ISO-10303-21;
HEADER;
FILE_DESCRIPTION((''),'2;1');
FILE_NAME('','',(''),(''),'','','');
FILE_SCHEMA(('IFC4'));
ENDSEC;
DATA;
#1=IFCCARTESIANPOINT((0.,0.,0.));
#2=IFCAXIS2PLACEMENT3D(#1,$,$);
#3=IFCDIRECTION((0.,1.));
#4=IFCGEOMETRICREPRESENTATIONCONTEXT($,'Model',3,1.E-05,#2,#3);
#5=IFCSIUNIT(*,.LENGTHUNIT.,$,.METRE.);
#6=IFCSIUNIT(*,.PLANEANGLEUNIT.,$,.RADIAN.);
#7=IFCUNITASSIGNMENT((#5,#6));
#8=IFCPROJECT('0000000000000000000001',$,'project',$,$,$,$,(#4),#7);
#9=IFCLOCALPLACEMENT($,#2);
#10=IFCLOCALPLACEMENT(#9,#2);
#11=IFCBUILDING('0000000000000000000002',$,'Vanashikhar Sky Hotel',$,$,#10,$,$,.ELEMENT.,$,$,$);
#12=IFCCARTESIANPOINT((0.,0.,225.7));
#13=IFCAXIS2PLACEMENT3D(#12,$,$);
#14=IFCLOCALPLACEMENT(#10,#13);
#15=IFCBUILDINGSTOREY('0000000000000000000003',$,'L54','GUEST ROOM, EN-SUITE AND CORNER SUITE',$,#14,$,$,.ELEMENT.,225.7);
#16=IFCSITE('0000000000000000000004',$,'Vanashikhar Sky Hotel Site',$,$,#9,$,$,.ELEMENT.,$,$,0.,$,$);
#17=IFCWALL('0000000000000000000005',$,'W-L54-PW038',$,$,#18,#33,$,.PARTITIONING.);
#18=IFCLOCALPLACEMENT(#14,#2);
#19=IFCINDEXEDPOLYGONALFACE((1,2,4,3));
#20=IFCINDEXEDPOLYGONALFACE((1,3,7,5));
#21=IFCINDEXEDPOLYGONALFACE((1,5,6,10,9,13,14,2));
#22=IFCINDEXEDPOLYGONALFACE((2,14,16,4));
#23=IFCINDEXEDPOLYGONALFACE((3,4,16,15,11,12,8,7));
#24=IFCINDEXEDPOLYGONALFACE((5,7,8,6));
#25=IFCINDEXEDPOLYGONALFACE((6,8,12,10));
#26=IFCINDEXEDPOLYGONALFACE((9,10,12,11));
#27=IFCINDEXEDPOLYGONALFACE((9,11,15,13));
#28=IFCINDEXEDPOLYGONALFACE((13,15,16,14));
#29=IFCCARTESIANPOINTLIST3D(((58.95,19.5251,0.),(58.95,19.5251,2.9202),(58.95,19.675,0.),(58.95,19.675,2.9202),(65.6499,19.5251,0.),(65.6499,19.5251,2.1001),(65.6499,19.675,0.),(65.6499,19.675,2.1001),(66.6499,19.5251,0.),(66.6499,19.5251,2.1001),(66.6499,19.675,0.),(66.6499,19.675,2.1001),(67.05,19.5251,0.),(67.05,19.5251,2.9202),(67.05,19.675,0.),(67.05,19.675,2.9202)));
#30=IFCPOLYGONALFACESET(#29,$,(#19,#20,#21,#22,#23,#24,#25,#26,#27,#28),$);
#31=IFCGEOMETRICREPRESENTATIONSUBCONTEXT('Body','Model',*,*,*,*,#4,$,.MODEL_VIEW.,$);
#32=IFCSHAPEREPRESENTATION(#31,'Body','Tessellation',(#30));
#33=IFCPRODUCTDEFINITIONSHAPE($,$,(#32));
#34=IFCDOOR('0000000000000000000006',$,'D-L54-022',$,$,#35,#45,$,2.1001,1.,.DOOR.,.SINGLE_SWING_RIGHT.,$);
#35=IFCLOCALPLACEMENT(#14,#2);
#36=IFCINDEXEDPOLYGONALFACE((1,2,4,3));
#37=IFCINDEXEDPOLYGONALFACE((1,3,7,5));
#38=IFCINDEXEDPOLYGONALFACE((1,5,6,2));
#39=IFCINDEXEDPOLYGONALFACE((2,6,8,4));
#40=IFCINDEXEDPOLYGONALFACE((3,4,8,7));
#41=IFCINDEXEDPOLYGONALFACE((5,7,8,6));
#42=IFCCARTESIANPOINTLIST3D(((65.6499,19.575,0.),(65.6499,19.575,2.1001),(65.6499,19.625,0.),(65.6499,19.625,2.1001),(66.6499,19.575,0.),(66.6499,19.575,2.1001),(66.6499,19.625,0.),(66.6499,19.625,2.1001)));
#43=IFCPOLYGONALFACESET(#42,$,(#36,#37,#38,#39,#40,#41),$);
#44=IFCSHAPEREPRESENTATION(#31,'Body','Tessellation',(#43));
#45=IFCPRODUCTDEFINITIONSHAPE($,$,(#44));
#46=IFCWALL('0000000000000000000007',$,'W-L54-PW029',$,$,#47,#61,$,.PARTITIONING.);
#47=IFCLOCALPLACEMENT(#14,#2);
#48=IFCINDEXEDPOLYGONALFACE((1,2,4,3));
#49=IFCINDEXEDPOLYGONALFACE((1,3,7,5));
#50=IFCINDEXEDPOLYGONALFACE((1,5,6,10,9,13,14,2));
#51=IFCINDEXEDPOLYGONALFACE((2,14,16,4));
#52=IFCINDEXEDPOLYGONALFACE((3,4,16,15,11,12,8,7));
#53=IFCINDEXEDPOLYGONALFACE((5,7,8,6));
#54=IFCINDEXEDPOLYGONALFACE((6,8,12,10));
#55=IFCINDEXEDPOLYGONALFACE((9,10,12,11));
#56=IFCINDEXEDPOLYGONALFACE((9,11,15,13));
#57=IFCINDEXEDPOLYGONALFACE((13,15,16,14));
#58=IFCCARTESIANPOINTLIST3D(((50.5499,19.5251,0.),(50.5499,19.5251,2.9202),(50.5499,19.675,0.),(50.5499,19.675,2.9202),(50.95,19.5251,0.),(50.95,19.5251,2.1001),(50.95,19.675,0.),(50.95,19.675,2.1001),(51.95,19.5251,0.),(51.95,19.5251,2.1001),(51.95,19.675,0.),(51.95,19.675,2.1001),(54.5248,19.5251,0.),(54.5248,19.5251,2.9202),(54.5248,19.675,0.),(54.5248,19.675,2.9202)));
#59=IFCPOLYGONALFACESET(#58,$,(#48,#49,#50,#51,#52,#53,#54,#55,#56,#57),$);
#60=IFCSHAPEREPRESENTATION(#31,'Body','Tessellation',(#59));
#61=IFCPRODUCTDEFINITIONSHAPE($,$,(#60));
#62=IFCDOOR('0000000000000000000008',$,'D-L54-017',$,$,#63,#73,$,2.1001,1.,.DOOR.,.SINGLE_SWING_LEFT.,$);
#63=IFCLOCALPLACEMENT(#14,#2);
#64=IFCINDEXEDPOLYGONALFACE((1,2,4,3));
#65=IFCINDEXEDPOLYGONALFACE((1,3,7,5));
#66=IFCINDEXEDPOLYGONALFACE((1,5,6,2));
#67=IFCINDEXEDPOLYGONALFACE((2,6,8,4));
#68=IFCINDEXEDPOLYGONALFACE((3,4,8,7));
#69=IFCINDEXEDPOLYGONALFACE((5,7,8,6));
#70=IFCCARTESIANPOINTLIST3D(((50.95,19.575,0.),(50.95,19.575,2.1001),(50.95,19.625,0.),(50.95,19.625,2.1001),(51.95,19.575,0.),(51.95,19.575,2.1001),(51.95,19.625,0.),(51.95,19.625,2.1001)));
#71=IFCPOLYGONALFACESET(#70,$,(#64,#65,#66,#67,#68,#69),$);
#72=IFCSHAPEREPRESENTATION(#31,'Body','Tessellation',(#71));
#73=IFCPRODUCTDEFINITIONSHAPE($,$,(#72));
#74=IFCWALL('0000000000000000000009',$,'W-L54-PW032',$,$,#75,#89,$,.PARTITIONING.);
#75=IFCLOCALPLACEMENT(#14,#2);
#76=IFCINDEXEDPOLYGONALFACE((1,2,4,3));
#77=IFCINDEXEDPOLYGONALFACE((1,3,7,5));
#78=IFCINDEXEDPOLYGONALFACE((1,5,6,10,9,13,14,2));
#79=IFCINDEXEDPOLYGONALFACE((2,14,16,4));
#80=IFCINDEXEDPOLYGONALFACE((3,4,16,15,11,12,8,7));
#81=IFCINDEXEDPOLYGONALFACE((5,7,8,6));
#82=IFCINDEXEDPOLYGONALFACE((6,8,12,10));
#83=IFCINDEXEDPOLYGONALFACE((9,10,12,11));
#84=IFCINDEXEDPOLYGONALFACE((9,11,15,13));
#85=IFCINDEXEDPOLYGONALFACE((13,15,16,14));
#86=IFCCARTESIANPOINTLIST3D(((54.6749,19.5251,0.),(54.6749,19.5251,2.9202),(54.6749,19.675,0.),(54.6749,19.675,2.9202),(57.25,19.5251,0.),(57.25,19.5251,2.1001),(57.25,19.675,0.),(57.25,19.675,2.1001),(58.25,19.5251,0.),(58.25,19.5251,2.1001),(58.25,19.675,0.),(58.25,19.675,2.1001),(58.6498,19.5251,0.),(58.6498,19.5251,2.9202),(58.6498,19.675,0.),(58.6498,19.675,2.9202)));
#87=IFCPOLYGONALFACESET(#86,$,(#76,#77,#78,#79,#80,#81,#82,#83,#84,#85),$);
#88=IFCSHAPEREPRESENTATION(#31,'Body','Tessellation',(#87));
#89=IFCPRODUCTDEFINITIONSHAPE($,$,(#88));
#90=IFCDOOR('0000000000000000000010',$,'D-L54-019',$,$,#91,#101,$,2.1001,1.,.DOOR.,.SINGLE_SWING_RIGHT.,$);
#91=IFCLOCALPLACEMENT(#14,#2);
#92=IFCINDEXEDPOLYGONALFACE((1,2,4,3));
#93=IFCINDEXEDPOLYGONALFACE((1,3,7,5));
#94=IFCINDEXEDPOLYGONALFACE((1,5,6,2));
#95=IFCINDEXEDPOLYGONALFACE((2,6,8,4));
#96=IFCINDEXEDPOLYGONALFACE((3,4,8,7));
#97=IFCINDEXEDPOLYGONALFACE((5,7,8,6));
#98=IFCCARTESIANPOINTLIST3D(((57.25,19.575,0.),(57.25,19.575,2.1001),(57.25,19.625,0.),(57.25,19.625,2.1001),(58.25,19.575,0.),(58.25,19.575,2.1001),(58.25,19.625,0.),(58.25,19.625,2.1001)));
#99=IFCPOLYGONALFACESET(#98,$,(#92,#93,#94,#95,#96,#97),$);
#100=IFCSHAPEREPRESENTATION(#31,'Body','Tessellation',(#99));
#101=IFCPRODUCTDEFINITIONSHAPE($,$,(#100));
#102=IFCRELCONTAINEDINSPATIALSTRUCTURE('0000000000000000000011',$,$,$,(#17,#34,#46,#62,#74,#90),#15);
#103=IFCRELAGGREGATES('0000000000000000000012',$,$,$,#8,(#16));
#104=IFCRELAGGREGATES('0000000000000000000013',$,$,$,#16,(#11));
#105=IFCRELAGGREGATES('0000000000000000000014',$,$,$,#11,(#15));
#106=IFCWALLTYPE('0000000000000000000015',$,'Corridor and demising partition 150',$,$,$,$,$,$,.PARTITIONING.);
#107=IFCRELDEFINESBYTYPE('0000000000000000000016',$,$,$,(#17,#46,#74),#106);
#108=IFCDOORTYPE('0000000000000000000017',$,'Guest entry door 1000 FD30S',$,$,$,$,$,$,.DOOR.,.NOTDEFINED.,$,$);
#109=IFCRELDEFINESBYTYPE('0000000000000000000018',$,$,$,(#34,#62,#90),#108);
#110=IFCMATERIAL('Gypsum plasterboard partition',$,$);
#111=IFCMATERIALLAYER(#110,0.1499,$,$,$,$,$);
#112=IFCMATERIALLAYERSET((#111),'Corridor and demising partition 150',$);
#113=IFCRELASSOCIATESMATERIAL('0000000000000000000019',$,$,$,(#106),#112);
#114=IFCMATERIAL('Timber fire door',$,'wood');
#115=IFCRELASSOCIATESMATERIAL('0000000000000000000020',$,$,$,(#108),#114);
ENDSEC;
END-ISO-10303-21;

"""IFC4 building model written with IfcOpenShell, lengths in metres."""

from ifc_helpers import new_model, si_unit, direction, frame, frame_2d, origin, place, context, subcontext, project, spatial, rectangle, extrude, source, transform, mapped, material, layer, layer_set, type_object, element, fill, save


model = new_model("IFC4")

# Units and contexts
model_context = context("Model", 3, precision=1e-05, world=origin(), true_north=direction((0.0, 1.0)))
body_context = subcontext(model_context, "Body", "Model", "MODEL_VIEW")
ifc_project = project(units=[si_unit("LENGTHUNIT", "METRE"), si_unit("PLANEANGLEUNIT", "RADIAN")], contexts=[model_context])

# Site, building, storey
site_placement = place(None, origin())
site = spatial("IfcSite", under=ifc_project, at=site_placement, Name="Vanashikhar Sky Hotel Site", CompositionType="ELEMENT", RefElevation=0.0)
building_placement = place(site_placement, origin())
building = spatial("IfcBuilding", under=site, at=building_placement, Name="Vanashikhar Sky Hotel", CompositionType="ELEMENT")
storey_placement = place(building_placement, frame((0.0, 0.0, 225.7)))
storey = spatial("IfcBuildingStorey", under=building, at=storey_placement, Name="L54", Description="GUEST ROOM, EN-SUITE AND CORNER SUITE", CompositionType="ELEMENT", Elevation=225.7)

# Shared definitions
ifc_material_1 = material(Name="Gypsum plasterboard partition")

# Walls, openings, doors
ifc_layer_1 = layer(ifc_material_1, 0.1499)
ifc_layer_set_1 = layer_set([ifc_layer_1], Name="Corridor and demising partition 150")
wall_type_1 = type_object("IfcWallType", Name="Corridor and demising partition 150", PredefinedType="PARTITIONING", material=ifc_layer_set_1)
shared_shape_1 = source(origin(), body_context, "Body", "SweptSolid", [
    extrude(rectangle(XDim=1.0, YDim=2.1001, at=frame_2d((0.5, 1.05))), frame((0.0, 0.085, 0.0), z_axis=(0.0, -1.0, 0.0), x_axis=(1.0, 0.0, 0.0)), (0.0, 0.0, 1.0), 0.1699),
])
ifc_material_2 = material(Name="Timber fire door", Category="wood")
door_type_1 = type_object("IfcDoorType", Name="Guest entry door 1000 FD30S", OperationType="NOTDEFINED", PredefinedType="DOOR", material=ifc_material_2)
shared_shape_2 = source(origin(), body_context, "Body", "SweptSolid", [
    extrude(rectangle(XDim=1.0, YDim=2.1001, at=frame_2d((0.5, 1.05))), frame((0.0, 0.0249, 0.0), z_axis=(0.0, -1.0, 0.0), x_axis=(1.0, 0.0, 0.0)), (0.0, 0.0, 1.0), 0.05),
])
shared_shape_3 = source(origin(), body_context, "Body", "SweptSolid", [
    extrude(rectangle(XDim=8.1001, YDim=0.1499, at=frame_2d((4.05, 0.0))), origin(), (0.0, 0.0, 1.0), 2.9202),
])
wall_1_placement = place(storey_placement, frame((58.95, 19.6001, 0.0), z_axis=(0.0, 0.0, 1.0), x_axis=(1.0, 0.0, 0.0)))
wall_1 = element("IfcWall", 1, at=wall_1_placement, inside=storey, type_object=wall_type_1, Name="W-L54-PW038", PredefinedType="PARTITIONING", context=body_context, shape_type="MappedRepresentation", body=[
    mapped(shared_shape_3, transform((0.0, 0.0, 0.0), scale=1.0)),
])
opening_1_placement = place(wall_1_placement, frame((6.7, 0.0, 0.0)))
opening_1 = element("IfcOpeningElement", 2, at=opening_1_placement, cuts=wall_1, PredefinedType="OPENING", context=body_context, shape_type="MappedRepresentation", body=[
    mapped(shared_shape_1, transform((0.0, 0.0, 0.0), scale=1.0)),
])
door_1_placement = place(opening_1_placement, origin())
door_1 = element("IfcDoor", 3, at=door_1_placement, inside=storey, type_object=door_type_1, Name="D-L54-022", OperationType="SINGLE_SWING_RIGHT", OverallHeight=2.1001, OverallWidth=1.0, PredefinedType="DOOR", context=body_context, shape_type="MappedRepresentation", body=[
    mapped(shared_shape_2, transform((0.0, 0.0, 0.0), scale=1.0)),
])
fill(opening_1, door_1)
shared_shape_4 = source(origin(), body_context, "Body", "SweptSolid", [
    extrude(rectangle(XDim=3.9749, YDim=0.1499, at=frame_2d((1.9873, 0.0))), origin(), (0.0, 0.0, 1.0), 2.9202),
])
wall_2_placement = place(storey_placement, frame((50.55, 19.6001, 0.0), z_axis=(0.0, 0.0, 1.0), x_axis=(1.0, 0.0, 0.0)))
wall_2 = element("IfcWall", 4, at=wall_2_placement, inside=storey, type_object=wall_type_1, Name="W-L54-PW029", PredefinedType="PARTITIONING", context=body_context, shape_type="MappedRepresentation", body=[
    mapped(shared_shape_4, transform((0.0, 0.0, 0.0), scale=1.0)),
])
opening_2_placement = place(wall_2_placement, frame((0.3999, 0.0, 0.0)))
opening_2 = element("IfcOpeningElement", 5, at=opening_2_placement, cuts=wall_2, PredefinedType="OPENING", context=body_context, shape_type="MappedRepresentation", body=[
    mapped(shared_shape_1, transform((0.0, 0.0, 0.0), scale=1.0)),
])
door_2_placement = place(opening_2_placement, origin())
door_2 = element("IfcDoor", 6, at=door_2_placement, inside=storey, type_object=door_type_1, Name="D-L54-017", OperationType="SINGLE_SWING_LEFT", OverallHeight=2.1001, OverallWidth=1.0, PredefinedType="DOOR", context=body_context, shape_type="MappedRepresentation", body=[
    mapped(shared_shape_2, transform((0.0, 0.0, 0.0), scale=1.0)),
])
fill(opening_2, door_2)
wall_3_placement = place(storey_placement, frame((54.675, 19.6001, 0.0), z_axis=(0.0, 0.0, 1.0), x_axis=(1.0, 0.0, 0.0)))
wall_3 = element("IfcWall", 7, at=wall_3_placement, inside=storey, type_object=wall_type_1, Name="W-L54-PW032", PredefinedType="PARTITIONING", context=body_context, shape_type="MappedRepresentation", body=[
    mapped(shared_shape_4, transform((0.0, 0.0, 0.0), scale=1.0)),
])
opening_3_placement = place(wall_3_placement, frame((2.575, 0.0, 0.0)))
opening_3 = element("IfcOpeningElement", 8, at=opening_3_placement, cuts=wall_3, PredefinedType="OPENING", context=body_context, shape_type="MappedRepresentation", body=[
    mapped(shared_shape_1, transform((0.0, 0.0, 0.0), scale=1.0)),
])
door_3_placement = place(opening_3_placement, origin())
door_3 = element("IfcDoor", 9, at=door_3_placement, inside=storey, type_object=door_type_1, Name="D-L54-019", OperationType="SINGLE_SWING_RIGHT", OverallHeight=2.1001, OverallWidth=1.0, PredefinedType="DOOR", context=body_context, shape_type="MappedRepresentation", body=[
    mapped(shared_shape_2, transform((0.0, 0.0, 0.0), scale=1.0)),
])
fill(opening_3, door_3)

save(model, "model.ifc")
